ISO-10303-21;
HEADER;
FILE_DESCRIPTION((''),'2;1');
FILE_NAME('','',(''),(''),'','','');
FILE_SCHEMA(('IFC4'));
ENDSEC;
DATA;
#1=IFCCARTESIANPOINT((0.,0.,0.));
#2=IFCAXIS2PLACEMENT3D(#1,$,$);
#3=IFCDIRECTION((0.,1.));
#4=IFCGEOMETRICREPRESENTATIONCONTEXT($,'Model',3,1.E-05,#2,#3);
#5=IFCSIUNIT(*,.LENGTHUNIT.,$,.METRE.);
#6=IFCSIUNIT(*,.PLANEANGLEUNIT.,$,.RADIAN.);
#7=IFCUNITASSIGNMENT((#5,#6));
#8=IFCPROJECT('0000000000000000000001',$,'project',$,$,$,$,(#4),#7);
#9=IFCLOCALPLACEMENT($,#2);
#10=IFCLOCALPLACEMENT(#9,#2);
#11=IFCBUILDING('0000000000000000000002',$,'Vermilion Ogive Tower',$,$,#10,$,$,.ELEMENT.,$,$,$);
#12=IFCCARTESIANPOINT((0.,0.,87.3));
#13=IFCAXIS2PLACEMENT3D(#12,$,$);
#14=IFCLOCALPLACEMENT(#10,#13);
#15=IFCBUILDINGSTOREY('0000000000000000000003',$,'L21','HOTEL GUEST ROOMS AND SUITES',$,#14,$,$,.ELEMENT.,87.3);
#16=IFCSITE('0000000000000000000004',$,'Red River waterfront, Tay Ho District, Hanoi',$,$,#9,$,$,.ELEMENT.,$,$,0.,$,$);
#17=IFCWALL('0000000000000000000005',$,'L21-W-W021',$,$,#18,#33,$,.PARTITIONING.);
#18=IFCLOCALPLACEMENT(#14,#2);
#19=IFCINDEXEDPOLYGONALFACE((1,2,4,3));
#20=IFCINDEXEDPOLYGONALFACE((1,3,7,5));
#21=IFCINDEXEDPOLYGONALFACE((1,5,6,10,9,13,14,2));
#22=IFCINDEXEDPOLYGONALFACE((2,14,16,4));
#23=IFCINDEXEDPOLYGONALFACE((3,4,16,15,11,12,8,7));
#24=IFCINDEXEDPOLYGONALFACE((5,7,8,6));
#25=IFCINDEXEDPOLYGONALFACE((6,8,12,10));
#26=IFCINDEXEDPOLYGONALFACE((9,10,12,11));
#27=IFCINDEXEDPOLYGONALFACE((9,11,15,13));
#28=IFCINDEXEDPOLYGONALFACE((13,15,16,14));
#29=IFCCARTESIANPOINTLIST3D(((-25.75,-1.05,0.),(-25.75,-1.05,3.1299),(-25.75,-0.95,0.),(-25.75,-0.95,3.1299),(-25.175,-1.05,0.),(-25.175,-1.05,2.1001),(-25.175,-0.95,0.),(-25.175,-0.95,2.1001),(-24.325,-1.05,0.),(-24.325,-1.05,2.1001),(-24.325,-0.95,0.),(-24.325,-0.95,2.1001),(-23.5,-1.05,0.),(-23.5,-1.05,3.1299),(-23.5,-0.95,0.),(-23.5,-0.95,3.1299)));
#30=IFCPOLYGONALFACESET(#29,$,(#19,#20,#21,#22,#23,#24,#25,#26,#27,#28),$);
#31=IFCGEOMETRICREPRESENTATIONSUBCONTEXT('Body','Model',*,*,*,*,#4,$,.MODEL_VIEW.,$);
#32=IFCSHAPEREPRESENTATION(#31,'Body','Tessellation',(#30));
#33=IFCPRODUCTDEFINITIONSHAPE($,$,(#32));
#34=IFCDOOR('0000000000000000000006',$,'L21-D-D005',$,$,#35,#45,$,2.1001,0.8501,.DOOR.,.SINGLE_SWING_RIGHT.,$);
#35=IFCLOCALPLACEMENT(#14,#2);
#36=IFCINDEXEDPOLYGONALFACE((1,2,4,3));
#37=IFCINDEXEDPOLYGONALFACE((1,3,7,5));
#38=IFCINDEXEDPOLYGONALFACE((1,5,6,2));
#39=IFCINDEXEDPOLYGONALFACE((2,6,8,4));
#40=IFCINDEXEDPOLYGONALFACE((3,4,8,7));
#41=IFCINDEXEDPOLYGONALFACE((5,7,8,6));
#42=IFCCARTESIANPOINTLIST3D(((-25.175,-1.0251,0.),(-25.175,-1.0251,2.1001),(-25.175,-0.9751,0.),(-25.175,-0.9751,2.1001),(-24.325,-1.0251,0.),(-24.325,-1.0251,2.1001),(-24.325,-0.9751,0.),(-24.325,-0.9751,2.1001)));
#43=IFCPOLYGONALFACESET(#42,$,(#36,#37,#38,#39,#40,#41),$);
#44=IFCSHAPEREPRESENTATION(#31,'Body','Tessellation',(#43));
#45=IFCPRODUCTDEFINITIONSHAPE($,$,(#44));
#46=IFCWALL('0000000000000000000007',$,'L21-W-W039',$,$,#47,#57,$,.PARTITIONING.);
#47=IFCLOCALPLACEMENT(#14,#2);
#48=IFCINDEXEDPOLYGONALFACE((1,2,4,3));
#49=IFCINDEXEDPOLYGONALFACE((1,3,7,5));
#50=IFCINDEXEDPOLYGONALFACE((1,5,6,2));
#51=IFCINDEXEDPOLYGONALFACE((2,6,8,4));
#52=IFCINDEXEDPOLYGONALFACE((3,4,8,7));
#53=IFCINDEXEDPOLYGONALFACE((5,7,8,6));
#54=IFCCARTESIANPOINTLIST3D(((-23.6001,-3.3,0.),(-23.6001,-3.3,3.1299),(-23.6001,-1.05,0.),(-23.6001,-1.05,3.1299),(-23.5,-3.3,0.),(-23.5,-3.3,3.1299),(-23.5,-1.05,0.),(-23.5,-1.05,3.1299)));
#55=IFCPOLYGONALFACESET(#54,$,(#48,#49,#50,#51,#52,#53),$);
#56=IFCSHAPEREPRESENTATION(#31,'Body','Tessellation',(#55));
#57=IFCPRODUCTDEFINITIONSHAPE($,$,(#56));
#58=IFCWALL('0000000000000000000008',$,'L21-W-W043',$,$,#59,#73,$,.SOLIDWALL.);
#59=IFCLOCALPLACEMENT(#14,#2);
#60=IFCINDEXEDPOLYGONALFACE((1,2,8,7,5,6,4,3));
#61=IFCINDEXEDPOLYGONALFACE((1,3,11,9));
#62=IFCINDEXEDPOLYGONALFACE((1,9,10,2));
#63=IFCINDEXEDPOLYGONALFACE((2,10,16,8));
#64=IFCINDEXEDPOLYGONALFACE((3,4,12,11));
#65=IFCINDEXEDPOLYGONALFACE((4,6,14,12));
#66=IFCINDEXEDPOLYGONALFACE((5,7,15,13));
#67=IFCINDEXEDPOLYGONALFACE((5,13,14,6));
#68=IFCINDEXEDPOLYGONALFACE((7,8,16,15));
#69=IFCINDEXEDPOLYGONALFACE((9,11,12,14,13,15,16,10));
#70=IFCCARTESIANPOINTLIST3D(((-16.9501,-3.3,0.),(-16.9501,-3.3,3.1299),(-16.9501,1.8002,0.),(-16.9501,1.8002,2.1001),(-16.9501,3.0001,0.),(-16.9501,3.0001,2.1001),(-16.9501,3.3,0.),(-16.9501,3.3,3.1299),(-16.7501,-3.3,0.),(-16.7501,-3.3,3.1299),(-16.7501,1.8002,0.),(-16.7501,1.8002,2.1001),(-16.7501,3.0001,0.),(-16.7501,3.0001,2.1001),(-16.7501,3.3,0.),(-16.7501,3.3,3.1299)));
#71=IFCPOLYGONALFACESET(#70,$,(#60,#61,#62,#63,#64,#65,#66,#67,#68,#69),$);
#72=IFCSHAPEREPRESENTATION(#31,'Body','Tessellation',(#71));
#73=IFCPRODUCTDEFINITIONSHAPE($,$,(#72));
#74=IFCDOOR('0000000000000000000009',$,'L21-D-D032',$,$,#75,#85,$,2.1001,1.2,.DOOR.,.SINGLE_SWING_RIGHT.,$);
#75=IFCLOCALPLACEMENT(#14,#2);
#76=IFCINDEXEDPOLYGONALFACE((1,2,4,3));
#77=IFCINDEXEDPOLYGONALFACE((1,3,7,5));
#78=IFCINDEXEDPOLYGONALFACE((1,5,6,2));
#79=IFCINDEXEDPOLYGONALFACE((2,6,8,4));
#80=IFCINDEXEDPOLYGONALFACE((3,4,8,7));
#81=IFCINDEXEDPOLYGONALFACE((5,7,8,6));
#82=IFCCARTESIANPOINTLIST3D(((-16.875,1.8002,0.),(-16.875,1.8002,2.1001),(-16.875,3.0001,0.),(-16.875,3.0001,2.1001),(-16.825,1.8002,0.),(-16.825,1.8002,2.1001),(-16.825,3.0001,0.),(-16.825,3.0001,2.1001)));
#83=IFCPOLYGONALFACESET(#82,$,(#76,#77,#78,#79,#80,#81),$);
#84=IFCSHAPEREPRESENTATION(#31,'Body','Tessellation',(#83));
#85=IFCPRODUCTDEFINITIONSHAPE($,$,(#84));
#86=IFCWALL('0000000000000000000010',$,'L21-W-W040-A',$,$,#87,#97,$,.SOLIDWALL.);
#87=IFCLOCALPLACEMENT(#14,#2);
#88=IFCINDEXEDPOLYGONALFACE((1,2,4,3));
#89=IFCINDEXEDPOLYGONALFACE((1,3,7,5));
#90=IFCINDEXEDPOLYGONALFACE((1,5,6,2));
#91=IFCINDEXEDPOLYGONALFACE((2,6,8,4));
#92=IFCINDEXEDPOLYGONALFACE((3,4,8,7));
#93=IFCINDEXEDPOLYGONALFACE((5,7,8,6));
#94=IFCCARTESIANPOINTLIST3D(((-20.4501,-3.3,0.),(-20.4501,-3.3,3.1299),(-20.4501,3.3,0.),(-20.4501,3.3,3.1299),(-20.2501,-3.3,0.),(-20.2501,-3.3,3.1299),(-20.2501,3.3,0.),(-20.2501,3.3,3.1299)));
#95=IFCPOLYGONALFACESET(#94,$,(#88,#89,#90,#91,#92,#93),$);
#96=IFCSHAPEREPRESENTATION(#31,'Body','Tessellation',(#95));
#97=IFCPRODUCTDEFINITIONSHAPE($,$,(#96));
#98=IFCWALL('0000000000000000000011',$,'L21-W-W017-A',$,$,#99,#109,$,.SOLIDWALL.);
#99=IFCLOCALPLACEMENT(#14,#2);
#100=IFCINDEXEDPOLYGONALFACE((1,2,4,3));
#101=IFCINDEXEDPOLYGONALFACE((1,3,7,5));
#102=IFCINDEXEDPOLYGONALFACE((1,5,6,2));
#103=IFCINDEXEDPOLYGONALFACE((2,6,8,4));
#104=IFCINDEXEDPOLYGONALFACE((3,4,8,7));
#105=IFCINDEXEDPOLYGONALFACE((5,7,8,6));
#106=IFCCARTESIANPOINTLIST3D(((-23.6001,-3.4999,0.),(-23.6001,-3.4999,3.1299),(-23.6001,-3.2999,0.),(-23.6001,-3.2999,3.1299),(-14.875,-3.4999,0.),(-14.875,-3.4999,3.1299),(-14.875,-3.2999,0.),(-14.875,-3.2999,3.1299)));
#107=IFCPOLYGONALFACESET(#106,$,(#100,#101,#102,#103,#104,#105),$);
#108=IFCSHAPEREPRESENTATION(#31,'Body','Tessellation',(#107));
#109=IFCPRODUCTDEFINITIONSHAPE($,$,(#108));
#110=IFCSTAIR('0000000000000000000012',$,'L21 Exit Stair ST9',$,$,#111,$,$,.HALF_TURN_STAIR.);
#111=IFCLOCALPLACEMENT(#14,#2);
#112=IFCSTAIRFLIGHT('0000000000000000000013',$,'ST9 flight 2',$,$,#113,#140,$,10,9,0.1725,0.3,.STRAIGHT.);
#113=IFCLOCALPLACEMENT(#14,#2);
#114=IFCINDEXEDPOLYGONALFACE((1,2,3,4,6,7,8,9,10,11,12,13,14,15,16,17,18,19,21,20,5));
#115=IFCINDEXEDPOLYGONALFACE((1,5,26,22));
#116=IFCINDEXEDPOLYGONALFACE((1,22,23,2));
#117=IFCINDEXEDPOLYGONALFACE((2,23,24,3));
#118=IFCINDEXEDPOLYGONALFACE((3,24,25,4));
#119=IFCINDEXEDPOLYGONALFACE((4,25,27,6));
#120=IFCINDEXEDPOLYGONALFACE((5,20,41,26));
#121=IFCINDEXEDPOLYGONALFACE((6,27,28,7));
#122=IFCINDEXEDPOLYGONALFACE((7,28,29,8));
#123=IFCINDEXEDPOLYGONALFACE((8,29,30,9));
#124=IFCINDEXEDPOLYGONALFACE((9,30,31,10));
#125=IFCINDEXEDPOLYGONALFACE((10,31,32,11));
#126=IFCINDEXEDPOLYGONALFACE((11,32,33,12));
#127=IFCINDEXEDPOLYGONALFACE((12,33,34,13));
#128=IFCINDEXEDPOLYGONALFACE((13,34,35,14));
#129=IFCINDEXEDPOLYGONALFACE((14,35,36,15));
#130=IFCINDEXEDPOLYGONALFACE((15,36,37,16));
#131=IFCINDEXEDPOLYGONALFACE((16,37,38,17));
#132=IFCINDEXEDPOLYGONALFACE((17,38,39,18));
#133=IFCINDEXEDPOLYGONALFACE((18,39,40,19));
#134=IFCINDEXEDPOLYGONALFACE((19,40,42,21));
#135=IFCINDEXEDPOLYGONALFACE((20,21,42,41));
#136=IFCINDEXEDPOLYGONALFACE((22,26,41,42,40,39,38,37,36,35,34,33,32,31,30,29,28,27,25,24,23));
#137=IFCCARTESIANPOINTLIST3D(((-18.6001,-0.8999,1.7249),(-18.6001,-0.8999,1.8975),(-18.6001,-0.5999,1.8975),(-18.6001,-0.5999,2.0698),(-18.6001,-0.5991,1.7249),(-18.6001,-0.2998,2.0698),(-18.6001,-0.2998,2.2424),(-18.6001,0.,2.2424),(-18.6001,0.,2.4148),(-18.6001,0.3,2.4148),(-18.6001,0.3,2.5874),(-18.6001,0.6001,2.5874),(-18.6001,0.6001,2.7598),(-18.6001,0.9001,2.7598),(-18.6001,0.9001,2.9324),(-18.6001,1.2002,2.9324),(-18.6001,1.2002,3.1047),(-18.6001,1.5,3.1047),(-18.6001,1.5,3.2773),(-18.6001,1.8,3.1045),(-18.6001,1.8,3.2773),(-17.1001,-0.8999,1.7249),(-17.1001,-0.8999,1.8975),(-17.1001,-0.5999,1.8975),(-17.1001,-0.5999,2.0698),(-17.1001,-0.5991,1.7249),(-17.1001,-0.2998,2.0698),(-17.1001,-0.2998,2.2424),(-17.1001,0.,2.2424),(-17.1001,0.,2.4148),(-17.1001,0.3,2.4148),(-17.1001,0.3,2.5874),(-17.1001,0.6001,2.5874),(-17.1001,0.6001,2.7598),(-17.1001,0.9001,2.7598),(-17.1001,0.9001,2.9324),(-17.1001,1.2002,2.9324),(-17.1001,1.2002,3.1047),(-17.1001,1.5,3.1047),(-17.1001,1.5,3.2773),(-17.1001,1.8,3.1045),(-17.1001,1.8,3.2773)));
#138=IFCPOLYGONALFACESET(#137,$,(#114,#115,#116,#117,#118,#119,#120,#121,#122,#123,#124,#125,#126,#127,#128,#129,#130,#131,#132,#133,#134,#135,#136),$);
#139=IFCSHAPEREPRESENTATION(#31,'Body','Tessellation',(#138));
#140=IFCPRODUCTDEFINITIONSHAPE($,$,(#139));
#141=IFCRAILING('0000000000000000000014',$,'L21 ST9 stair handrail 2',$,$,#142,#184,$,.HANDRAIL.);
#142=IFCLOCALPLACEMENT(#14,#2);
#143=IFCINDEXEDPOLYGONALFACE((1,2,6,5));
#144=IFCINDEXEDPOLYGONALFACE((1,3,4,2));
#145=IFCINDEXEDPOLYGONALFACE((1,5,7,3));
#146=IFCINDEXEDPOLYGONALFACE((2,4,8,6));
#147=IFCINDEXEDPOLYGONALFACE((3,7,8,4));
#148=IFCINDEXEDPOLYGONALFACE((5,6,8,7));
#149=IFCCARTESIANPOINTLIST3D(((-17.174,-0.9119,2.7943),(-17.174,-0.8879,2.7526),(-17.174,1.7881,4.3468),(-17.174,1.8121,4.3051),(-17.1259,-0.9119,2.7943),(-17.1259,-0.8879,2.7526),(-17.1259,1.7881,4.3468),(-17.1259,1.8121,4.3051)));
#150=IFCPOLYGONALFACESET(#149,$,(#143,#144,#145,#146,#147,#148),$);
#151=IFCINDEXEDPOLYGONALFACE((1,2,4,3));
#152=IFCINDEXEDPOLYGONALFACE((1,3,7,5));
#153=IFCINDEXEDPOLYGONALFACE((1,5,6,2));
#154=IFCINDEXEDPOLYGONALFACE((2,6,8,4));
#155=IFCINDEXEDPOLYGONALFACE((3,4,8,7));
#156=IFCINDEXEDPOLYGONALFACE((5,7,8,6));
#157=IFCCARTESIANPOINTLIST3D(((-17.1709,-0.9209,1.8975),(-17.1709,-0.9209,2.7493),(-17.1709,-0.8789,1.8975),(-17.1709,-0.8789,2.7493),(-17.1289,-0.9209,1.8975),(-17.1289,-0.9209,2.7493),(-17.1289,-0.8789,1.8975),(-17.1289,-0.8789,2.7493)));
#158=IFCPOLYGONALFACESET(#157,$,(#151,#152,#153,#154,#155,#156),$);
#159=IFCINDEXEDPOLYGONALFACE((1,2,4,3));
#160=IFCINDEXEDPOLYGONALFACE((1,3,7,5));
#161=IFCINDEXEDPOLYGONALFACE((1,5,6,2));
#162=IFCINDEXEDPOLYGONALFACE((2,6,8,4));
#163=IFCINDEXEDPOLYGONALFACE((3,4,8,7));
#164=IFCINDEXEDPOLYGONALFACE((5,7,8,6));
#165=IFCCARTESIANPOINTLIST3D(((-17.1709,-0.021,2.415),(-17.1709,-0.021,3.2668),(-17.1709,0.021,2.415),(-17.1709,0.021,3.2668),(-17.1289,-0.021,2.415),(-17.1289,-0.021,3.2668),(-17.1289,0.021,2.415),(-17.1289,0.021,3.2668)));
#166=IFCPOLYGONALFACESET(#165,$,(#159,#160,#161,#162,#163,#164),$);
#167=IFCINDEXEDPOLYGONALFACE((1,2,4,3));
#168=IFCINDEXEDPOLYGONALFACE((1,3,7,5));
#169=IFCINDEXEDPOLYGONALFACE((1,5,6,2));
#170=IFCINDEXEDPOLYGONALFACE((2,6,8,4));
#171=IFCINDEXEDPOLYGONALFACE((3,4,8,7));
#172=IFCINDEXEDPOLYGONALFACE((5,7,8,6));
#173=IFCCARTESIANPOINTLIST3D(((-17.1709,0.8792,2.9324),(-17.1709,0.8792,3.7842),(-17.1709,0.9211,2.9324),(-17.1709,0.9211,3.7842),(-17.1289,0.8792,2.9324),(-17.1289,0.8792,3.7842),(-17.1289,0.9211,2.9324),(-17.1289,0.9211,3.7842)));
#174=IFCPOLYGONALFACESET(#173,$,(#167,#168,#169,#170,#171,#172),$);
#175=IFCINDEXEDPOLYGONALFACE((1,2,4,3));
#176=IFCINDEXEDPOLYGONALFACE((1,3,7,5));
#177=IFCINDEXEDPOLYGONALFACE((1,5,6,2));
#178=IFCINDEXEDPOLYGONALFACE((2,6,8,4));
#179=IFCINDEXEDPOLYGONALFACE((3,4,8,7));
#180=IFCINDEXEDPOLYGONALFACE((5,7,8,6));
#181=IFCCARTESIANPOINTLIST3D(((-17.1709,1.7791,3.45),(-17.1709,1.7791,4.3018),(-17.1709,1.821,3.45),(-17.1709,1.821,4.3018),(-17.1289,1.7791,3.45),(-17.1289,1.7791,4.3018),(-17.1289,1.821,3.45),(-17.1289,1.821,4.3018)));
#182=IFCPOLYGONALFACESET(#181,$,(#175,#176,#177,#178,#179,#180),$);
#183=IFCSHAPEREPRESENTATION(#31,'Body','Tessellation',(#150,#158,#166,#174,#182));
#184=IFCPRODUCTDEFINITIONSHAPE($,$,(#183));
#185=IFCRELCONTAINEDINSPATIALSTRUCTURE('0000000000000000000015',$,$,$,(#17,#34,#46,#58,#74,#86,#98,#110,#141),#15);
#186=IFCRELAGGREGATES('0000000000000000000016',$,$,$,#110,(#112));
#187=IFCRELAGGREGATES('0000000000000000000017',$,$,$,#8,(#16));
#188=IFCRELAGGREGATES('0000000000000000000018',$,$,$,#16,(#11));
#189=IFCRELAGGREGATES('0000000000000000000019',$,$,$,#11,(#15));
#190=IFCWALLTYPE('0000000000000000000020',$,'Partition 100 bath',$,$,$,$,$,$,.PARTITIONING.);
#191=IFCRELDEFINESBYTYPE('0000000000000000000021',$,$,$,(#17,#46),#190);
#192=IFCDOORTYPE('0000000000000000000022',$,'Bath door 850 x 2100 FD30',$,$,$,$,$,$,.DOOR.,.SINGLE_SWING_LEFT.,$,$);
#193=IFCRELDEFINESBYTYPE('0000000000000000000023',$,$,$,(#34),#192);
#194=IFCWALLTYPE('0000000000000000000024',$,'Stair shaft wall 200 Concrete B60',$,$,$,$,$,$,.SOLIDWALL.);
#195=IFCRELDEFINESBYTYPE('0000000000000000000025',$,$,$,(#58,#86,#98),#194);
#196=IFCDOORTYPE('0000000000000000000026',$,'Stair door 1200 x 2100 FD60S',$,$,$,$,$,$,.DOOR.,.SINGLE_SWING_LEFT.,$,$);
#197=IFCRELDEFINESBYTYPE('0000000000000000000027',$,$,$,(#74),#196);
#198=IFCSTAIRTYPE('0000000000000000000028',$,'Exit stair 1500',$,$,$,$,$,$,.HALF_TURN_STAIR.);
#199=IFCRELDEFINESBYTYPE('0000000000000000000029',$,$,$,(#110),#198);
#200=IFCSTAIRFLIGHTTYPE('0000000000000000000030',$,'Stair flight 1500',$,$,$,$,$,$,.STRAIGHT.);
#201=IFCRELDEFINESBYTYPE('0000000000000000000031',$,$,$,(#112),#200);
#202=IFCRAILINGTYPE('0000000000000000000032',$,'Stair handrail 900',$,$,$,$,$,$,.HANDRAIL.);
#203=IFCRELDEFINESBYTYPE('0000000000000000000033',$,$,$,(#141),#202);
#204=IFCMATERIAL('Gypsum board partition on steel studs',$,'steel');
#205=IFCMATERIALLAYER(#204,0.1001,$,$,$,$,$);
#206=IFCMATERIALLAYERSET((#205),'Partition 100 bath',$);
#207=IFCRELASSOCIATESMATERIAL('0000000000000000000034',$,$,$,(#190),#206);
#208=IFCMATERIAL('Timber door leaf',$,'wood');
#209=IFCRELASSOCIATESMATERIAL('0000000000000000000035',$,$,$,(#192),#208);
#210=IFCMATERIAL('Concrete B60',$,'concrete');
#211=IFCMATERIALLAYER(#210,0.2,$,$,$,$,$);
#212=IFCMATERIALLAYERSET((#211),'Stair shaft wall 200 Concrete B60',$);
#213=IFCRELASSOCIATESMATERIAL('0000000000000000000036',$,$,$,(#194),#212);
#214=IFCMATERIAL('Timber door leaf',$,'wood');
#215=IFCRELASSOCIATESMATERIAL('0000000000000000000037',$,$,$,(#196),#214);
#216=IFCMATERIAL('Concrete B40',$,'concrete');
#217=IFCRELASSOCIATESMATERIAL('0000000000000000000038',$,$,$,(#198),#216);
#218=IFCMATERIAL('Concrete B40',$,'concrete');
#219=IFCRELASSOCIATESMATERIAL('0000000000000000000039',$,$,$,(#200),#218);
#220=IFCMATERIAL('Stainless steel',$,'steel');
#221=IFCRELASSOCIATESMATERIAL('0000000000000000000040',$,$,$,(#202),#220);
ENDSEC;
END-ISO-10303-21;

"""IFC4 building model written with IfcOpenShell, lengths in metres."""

from ifc_helpers import new_model, si_unit, direction, frame, frame_2d, origin, origin_2d, place, context, subcontext, project, spatial, polyline, rectangle, outline, extrude, material, layer, layer_set, type_object, element, fill, aggregate, save


model = new_model("IFC4")

# Units and contexts
model_context = context("Model", 3, precision=1e-05, world=origin(), true_north=direction((0.0, 1.0)))
body_context = subcontext(model_context, "Body", "Model", "MODEL_VIEW")
ifc_project = project(units=[si_unit("LENGTHUNIT", "METRE"), si_unit("PLANEANGLEUNIT", "RADIAN")], contexts=[model_context])

# Site, building, storey
site_placement = place(None, origin())
site = spatial("IfcSite", under=ifc_project, at=site_placement, Name="Red River waterfront, Tay Ho District, Hanoi", CompositionType="ELEMENT", RefElevation=0.0)
building_placement = place(site_placement, origin())
building = spatial("IfcBuilding", under=site, at=building_placement, Name="Vermilion Ogive Tower", CompositionType="ELEMENT")
storey_placement = place(building_placement, frame((0.0, 0.0, 87.3)))
storey = spatial("IfcBuildingStorey", under=building, at=storey_placement, Name="L21", Description="HOTEL GUEST ROOMS AND SUITES", CompositionType="ELEMENT", Elevation=87.3)

# Shared definitions
ifc_material_1 = material(Name="Gypsum board partition on steel studs", Category="steel")
ifc_layer_1 = layer(ifc_material_1, 0.1001)
ifc_layer_set_1 = layer_set([ifc_layer_1], Name="Partition 100 bath")
wall_type_1 = type_object("IfcWallType", Name="Partition 100 bath", PredefinedType="PARTITIONING", material=ifc_layer_set_1)

# Wall, opening, door
wall_1_placement = place(storey_placement, frame((-25.75, -1.0, 0.0), z_axis=(0.0, 0.0, 1.0), x_axis=(1.0, 0.0, 0.0)))
wall_1 = element("IfcWall", 1, at=wall_1_placement, inside=storey, type_object=wall_type_1, Name="L21-W-W021", PredefinedType="PARTITIONING", context=body_context, shape_type="SweptSolid", body=[
    extrude(rectangle(XDim=2.25, YDim=0.1001, at=frame_2d((1.125, 0.0))), origin(), (0.0, 0.0, 1.0), 3.1299),
])
opening_1_placement = place(wall_1_placement, frame((0.575, 0.0, 0.0)))
opening_1 = element("IfcOpeningElement", 2, at=opening_1_placement, cuts=wall_1, PredefinedType="OPENING", context=body_context, shape_type="SweptSolid", body=[
    extrude(rectangle(XDim=0.8501, YDim=2.1001, at=frame_2d((0.425, 1.05))), frame((0.0, 0.0601, 0.0), z_axis=(0.0, -1.0, 0.0), x_axis=(1.0, 0.0, 0.0)), (0.0, 0.0, 1.0), 0.1201),
])
ifc_material_2 = material(Name="Timber door leaf", Category="wood")
door_type_1 = type_object("IfcDoorType", Name="Bath door 850 x 2100 FD30", OperationType="SINGLE_SWING_LEFT", PredefinedType="DOOR", material=ifc_material_2)
door_1_placement = place(opening_1_placement, origin())
door_1 = element("IfcDoor", 3, at=door_1_placement, inside=storey, type_object=door_type_1, Name="L21-D-D005", OperationType="SINGLE_SWING_RIGHT", OverallHeight=2.1001, OverallWidth=0.8501, PredefinedType="DOOR", context=body_context, shape_type="SweptSolid", body=[
    extrude(rectangle(XDim=0.8501, YDim=2.1001, at=frame_2d((0.425, 1.05))), frame((0.0, 0.0249, 0.0), z_axis=(0.0, -1.0, 0.0), x_axis=(1.0, 0.0, 0.0)), (0.0, 0.0, 1.0), 0.05),
])
fill(opening_1, door_1)

# Wall
wall_2_placement = place(storey_placement, frame((-23.55, -3.3, 0.0), z_axis=(0.0, 0.0, 1.0), x_axis=(0.0, 1.0, 0.0)))
element("IfcWall", 4, at=wall_2_placement, inside=storey, type_object=wall_type_1, Name="L21-W-W039", PredefinedType="PARTITIONING", context=body_context, shape_type="SweptSolid", body=[
    extrude(rectangle(XDim=2.25, YDim=0.1001, at=frame_2d((1.125, 0.0))), origin(), (0.0, 0.0, 1.0), 3.1299),
])

# Wall, opening, door
ifc_material_3 = material(Name="Concrete B60", Category="concrete")
ifc_layer_2 = layer(ifc_material_3, 0.2)
ifc_layer_set_2 = layer_set([ifc_layer_2], Name="Stair shaft wall 200 Concrete B60")
wall_type_2 = type_object("IfcWallType", Name="Stair shaft wall 200 Concrete B60", PredefinedType="SOLIDWALL", material=ifc_layer_set_2)
wall_3_placement = place(storey_placement, frame((-16.8501, -3.3, 0.0), z_axis=(0.0, 0.0, 1.0), x_axis=(0.0, 1.0, 0.0)))
wall_3 = element("IfcWall", 5, at=wall_3_placement, inside=storey, type_object=wall_type_2, Name="L21-W-W043", PredefinedType="SOLIDWALL", context=body_context, shape_type="SweptSolid", body=[
    extrude(rectangle(XDim=6.6001, YDim=0.2, at=frame_2d((3.3, 0.0))), origin(), (0.0, 0.0, 1.0), 3.1299),
])
opening_2_placement = place(wall_3_placement, frame((5.1001, 0.0, 0.0)))
opening_2 = element("IfcOpeningElement", 6, at=opening_2_placement, cuts=wall_3, PredefinedType="OPENING", context=body_context, shape_type="SweptSolid", body=[
    extrude(rectangle(XDim=1.2, YDim=2.1001, at=frame_2d((0.6001, 1.05))), frame((0.0, 0.1099, 0.0), z_axis=(0.0, -1.0, 0.0), x_axis=(1.0, 0.0, 0.0)), (0.0, 0.0, 1.0), 0.22),
])
ifc_material_4 = material(Name="Timber door leaf", Category="wood")
door_type_2 = type_object("IfcDoorType", Name="Stair door 1200 x 2100 FD60S", OperationType="SINGLE_SWING_LEFT", PredefinedType="DOOR", material=ifc_material_4)
door_2_placement = place(opening_2_placement, origin())
door_2 = element("IfcDoor", 7, at=door_2_placement, inside=storey, type_object=door_type_2, Name="L21-D-D032", OperationType="SINGLE_SWING_RIGHT", OverallHeight=2.1001, OverallWidth=1.2, PredefinedType="DOOR", context=body_context, shape_type="SweptSolid", body=[
    extrude(rectangle(XDim=1.2, YDim=2.1001, at=frame_2d((0.6001, 1.05))), frame((0.0, 0.0249, 0.0), z_axis=(0.0, -1.0, 0.0), x_axis=(1.0, 0.0, 0.0)), (0.0, 0.0, 1.0), 0.05),
])
fill(opening_2, door_2)

# Walls
wall_4_placement = place(storey_placement, frame((-20.3501, -3.3, 0.0), z_axis=(0.0, 0.0, 1.0), x_axis=(0.0, 1.0, 0.0)))
element("IfcWall", 8, at=wall_4_placement, inside=storey, type_object=wall_type_2, Name="L21-W-W040-A", PredefinedType="SOLIDWALL", context=body_context, shape_type="SweptSolid", body=[
    extrude(rectangle(XDim=6.6001, YDim=0.2, at=frame_2d((3.3, 0.0))), origin(), (0.0, 0.0, 1.0), 3.1299),
])
wall_5_placement = place(storey_placement, frame((-23.6001, -3.3999, 0.0), z_axis=(0.0, 0.0, 1.0), x_axis=(1.0, 0.0, 0.0)))
element("IfcWall", 9, at=wall_5_placement, inside=storey, type_object=wall_type_2, Name="L21-W-W017-A", PredefinedType="SOLIDWALL", context=body_context, shape_type="SweptSolid", body=[
    extrude(rectangle(XDim=8.7251, YDim=0.2, at=frame_2d((4.3625, 0.0))), origin(), (0.0, 0.0, 1.0), 3.1299),
])

# Stair, stair flight
ifc_material_5 = material(Name="Concrete B40", Category="concrete")
stair_type = type_object("IfcStairType", Name="Exit stair 1500", PredefinedType="HALF_TURN_STAIR", material=ifc_material_5)
stair_placement = place(storey_placement, origin())
stair = element("IfcStair", 10, at=stair_placement, inside=storey, type_object=stair_type, Name="L21 Exit Stair ST9", PredefinedType="HALF_TURN_STAIR")
ifc_material_6 = material(Name="Concrete B40", Category="concrete")
stair_flight_type = type_object("IfcStairFlightType", Name="Stair flight 1500", PredefinedType="STRAIGHT", material=ifc_material_6)
stair_flight_placement = place(storey_placement, frame((-17.8501, -0.8999, 1.7249), z_axis=(0.0, 0.0, 1.0), x_axis=(0.0, 1.0, 0.0)))
stair_flight = element("IfcStairFlight", 11, at=stair_flight_placement, type_object=stair_flight_type, Name="ST9 flight 2", NumberOfRisers=10, NumberOfTreads=9, PredefinedType="STRAIGHT", RiserHeight=0.1725, TreadLength=0.3, context=body_context, shape_type="SweptSolid", body=[
    extrude(outline(polyline([(0.0, 0.0), (0.0, 0.1726), (0.3, 0.1726), (0.3, 0.345), (0.6001, 0.345), (0.6001, 0.5176), (0.8999, 0.5176), (0.8999, 0.6899), (1.2, 0.6899), (1.2, 0.8625), (1.5, 0.8625), (1.5, 1.0349), (1.8, 1.0349), (1.8, 1.2075), (2.1001, 1.2075), (2.1001, 1.3799), (2.3999, 1.3799), (2.3999, 1.5525), (2.7, 1.5525), (2.7, 1.7251), (2.7, 1.3796), (0.3008, 0.0), (0.0, 0.0)])), frame((0.0, 0.75, 0.0), z_axis=(0.0, -1.0, 0.0), x_axis=(1.0, 0.0, 0.0)), (0.0, 0.0, 1.0), 1.5),
])
aggregate(stair, [stair_flight])

# Railing
ifc_material_7 = material(Name="Stainless steel", Category="steel")
railing_type = type_object("IfcRailingType", Name="Stair handrail 900", PredefinedType="HANDRAIL", material=ifc_material_7)
railing_placement = place(storey_placement, frame((-17.1499, -0.8999, 1.8975)))
element("IfcRailing", 12, at=railing_placement, inside=storey, type_object=railing_type, Name="L21 ST9 stair handrail 2", PredefinedType="HANDRAIL", context=body_context, shape_type="SweptSolid", body=[
    extrude(rectangle(XDim=0.0481, YDim=0.0481, at=origin_2d()), frame((0.0, 0.0, 0.876), z_axis=(0.0, 0.866904, 0.498476), x_axis=(-1.0, 0.0, 0.0)), (0.0, 0.0, 1.0), 3.1145),
    extrude(rectangle(XDim=0.042, YDim=0.042, at=origin_2d()), origin(), (0.0, 0.0, 1.0), 0.8518),
    extrude(rectangle(XDim=0.042, YDim=0.042, at=origin_2d()), frame((0.0, 0.8999, 0.5176)), (0.0, 0.0, 1.0), 0.8518),
    extrude(rectangle(XDim=0.042, YDim=0.042, at=origin_2d()), frame((0.0, 1.8, 1.0349)), (0.0, 0.0, 1.0), 0.8518),
    extrude(rectangle(XDim=0.042, YDim=0.042, at=origin_2d()), frame((0.0, 2.7, 1.5525)), (0.0, 0.0, 1.0), 0.8518),
])

save(model, "model.ifc")
